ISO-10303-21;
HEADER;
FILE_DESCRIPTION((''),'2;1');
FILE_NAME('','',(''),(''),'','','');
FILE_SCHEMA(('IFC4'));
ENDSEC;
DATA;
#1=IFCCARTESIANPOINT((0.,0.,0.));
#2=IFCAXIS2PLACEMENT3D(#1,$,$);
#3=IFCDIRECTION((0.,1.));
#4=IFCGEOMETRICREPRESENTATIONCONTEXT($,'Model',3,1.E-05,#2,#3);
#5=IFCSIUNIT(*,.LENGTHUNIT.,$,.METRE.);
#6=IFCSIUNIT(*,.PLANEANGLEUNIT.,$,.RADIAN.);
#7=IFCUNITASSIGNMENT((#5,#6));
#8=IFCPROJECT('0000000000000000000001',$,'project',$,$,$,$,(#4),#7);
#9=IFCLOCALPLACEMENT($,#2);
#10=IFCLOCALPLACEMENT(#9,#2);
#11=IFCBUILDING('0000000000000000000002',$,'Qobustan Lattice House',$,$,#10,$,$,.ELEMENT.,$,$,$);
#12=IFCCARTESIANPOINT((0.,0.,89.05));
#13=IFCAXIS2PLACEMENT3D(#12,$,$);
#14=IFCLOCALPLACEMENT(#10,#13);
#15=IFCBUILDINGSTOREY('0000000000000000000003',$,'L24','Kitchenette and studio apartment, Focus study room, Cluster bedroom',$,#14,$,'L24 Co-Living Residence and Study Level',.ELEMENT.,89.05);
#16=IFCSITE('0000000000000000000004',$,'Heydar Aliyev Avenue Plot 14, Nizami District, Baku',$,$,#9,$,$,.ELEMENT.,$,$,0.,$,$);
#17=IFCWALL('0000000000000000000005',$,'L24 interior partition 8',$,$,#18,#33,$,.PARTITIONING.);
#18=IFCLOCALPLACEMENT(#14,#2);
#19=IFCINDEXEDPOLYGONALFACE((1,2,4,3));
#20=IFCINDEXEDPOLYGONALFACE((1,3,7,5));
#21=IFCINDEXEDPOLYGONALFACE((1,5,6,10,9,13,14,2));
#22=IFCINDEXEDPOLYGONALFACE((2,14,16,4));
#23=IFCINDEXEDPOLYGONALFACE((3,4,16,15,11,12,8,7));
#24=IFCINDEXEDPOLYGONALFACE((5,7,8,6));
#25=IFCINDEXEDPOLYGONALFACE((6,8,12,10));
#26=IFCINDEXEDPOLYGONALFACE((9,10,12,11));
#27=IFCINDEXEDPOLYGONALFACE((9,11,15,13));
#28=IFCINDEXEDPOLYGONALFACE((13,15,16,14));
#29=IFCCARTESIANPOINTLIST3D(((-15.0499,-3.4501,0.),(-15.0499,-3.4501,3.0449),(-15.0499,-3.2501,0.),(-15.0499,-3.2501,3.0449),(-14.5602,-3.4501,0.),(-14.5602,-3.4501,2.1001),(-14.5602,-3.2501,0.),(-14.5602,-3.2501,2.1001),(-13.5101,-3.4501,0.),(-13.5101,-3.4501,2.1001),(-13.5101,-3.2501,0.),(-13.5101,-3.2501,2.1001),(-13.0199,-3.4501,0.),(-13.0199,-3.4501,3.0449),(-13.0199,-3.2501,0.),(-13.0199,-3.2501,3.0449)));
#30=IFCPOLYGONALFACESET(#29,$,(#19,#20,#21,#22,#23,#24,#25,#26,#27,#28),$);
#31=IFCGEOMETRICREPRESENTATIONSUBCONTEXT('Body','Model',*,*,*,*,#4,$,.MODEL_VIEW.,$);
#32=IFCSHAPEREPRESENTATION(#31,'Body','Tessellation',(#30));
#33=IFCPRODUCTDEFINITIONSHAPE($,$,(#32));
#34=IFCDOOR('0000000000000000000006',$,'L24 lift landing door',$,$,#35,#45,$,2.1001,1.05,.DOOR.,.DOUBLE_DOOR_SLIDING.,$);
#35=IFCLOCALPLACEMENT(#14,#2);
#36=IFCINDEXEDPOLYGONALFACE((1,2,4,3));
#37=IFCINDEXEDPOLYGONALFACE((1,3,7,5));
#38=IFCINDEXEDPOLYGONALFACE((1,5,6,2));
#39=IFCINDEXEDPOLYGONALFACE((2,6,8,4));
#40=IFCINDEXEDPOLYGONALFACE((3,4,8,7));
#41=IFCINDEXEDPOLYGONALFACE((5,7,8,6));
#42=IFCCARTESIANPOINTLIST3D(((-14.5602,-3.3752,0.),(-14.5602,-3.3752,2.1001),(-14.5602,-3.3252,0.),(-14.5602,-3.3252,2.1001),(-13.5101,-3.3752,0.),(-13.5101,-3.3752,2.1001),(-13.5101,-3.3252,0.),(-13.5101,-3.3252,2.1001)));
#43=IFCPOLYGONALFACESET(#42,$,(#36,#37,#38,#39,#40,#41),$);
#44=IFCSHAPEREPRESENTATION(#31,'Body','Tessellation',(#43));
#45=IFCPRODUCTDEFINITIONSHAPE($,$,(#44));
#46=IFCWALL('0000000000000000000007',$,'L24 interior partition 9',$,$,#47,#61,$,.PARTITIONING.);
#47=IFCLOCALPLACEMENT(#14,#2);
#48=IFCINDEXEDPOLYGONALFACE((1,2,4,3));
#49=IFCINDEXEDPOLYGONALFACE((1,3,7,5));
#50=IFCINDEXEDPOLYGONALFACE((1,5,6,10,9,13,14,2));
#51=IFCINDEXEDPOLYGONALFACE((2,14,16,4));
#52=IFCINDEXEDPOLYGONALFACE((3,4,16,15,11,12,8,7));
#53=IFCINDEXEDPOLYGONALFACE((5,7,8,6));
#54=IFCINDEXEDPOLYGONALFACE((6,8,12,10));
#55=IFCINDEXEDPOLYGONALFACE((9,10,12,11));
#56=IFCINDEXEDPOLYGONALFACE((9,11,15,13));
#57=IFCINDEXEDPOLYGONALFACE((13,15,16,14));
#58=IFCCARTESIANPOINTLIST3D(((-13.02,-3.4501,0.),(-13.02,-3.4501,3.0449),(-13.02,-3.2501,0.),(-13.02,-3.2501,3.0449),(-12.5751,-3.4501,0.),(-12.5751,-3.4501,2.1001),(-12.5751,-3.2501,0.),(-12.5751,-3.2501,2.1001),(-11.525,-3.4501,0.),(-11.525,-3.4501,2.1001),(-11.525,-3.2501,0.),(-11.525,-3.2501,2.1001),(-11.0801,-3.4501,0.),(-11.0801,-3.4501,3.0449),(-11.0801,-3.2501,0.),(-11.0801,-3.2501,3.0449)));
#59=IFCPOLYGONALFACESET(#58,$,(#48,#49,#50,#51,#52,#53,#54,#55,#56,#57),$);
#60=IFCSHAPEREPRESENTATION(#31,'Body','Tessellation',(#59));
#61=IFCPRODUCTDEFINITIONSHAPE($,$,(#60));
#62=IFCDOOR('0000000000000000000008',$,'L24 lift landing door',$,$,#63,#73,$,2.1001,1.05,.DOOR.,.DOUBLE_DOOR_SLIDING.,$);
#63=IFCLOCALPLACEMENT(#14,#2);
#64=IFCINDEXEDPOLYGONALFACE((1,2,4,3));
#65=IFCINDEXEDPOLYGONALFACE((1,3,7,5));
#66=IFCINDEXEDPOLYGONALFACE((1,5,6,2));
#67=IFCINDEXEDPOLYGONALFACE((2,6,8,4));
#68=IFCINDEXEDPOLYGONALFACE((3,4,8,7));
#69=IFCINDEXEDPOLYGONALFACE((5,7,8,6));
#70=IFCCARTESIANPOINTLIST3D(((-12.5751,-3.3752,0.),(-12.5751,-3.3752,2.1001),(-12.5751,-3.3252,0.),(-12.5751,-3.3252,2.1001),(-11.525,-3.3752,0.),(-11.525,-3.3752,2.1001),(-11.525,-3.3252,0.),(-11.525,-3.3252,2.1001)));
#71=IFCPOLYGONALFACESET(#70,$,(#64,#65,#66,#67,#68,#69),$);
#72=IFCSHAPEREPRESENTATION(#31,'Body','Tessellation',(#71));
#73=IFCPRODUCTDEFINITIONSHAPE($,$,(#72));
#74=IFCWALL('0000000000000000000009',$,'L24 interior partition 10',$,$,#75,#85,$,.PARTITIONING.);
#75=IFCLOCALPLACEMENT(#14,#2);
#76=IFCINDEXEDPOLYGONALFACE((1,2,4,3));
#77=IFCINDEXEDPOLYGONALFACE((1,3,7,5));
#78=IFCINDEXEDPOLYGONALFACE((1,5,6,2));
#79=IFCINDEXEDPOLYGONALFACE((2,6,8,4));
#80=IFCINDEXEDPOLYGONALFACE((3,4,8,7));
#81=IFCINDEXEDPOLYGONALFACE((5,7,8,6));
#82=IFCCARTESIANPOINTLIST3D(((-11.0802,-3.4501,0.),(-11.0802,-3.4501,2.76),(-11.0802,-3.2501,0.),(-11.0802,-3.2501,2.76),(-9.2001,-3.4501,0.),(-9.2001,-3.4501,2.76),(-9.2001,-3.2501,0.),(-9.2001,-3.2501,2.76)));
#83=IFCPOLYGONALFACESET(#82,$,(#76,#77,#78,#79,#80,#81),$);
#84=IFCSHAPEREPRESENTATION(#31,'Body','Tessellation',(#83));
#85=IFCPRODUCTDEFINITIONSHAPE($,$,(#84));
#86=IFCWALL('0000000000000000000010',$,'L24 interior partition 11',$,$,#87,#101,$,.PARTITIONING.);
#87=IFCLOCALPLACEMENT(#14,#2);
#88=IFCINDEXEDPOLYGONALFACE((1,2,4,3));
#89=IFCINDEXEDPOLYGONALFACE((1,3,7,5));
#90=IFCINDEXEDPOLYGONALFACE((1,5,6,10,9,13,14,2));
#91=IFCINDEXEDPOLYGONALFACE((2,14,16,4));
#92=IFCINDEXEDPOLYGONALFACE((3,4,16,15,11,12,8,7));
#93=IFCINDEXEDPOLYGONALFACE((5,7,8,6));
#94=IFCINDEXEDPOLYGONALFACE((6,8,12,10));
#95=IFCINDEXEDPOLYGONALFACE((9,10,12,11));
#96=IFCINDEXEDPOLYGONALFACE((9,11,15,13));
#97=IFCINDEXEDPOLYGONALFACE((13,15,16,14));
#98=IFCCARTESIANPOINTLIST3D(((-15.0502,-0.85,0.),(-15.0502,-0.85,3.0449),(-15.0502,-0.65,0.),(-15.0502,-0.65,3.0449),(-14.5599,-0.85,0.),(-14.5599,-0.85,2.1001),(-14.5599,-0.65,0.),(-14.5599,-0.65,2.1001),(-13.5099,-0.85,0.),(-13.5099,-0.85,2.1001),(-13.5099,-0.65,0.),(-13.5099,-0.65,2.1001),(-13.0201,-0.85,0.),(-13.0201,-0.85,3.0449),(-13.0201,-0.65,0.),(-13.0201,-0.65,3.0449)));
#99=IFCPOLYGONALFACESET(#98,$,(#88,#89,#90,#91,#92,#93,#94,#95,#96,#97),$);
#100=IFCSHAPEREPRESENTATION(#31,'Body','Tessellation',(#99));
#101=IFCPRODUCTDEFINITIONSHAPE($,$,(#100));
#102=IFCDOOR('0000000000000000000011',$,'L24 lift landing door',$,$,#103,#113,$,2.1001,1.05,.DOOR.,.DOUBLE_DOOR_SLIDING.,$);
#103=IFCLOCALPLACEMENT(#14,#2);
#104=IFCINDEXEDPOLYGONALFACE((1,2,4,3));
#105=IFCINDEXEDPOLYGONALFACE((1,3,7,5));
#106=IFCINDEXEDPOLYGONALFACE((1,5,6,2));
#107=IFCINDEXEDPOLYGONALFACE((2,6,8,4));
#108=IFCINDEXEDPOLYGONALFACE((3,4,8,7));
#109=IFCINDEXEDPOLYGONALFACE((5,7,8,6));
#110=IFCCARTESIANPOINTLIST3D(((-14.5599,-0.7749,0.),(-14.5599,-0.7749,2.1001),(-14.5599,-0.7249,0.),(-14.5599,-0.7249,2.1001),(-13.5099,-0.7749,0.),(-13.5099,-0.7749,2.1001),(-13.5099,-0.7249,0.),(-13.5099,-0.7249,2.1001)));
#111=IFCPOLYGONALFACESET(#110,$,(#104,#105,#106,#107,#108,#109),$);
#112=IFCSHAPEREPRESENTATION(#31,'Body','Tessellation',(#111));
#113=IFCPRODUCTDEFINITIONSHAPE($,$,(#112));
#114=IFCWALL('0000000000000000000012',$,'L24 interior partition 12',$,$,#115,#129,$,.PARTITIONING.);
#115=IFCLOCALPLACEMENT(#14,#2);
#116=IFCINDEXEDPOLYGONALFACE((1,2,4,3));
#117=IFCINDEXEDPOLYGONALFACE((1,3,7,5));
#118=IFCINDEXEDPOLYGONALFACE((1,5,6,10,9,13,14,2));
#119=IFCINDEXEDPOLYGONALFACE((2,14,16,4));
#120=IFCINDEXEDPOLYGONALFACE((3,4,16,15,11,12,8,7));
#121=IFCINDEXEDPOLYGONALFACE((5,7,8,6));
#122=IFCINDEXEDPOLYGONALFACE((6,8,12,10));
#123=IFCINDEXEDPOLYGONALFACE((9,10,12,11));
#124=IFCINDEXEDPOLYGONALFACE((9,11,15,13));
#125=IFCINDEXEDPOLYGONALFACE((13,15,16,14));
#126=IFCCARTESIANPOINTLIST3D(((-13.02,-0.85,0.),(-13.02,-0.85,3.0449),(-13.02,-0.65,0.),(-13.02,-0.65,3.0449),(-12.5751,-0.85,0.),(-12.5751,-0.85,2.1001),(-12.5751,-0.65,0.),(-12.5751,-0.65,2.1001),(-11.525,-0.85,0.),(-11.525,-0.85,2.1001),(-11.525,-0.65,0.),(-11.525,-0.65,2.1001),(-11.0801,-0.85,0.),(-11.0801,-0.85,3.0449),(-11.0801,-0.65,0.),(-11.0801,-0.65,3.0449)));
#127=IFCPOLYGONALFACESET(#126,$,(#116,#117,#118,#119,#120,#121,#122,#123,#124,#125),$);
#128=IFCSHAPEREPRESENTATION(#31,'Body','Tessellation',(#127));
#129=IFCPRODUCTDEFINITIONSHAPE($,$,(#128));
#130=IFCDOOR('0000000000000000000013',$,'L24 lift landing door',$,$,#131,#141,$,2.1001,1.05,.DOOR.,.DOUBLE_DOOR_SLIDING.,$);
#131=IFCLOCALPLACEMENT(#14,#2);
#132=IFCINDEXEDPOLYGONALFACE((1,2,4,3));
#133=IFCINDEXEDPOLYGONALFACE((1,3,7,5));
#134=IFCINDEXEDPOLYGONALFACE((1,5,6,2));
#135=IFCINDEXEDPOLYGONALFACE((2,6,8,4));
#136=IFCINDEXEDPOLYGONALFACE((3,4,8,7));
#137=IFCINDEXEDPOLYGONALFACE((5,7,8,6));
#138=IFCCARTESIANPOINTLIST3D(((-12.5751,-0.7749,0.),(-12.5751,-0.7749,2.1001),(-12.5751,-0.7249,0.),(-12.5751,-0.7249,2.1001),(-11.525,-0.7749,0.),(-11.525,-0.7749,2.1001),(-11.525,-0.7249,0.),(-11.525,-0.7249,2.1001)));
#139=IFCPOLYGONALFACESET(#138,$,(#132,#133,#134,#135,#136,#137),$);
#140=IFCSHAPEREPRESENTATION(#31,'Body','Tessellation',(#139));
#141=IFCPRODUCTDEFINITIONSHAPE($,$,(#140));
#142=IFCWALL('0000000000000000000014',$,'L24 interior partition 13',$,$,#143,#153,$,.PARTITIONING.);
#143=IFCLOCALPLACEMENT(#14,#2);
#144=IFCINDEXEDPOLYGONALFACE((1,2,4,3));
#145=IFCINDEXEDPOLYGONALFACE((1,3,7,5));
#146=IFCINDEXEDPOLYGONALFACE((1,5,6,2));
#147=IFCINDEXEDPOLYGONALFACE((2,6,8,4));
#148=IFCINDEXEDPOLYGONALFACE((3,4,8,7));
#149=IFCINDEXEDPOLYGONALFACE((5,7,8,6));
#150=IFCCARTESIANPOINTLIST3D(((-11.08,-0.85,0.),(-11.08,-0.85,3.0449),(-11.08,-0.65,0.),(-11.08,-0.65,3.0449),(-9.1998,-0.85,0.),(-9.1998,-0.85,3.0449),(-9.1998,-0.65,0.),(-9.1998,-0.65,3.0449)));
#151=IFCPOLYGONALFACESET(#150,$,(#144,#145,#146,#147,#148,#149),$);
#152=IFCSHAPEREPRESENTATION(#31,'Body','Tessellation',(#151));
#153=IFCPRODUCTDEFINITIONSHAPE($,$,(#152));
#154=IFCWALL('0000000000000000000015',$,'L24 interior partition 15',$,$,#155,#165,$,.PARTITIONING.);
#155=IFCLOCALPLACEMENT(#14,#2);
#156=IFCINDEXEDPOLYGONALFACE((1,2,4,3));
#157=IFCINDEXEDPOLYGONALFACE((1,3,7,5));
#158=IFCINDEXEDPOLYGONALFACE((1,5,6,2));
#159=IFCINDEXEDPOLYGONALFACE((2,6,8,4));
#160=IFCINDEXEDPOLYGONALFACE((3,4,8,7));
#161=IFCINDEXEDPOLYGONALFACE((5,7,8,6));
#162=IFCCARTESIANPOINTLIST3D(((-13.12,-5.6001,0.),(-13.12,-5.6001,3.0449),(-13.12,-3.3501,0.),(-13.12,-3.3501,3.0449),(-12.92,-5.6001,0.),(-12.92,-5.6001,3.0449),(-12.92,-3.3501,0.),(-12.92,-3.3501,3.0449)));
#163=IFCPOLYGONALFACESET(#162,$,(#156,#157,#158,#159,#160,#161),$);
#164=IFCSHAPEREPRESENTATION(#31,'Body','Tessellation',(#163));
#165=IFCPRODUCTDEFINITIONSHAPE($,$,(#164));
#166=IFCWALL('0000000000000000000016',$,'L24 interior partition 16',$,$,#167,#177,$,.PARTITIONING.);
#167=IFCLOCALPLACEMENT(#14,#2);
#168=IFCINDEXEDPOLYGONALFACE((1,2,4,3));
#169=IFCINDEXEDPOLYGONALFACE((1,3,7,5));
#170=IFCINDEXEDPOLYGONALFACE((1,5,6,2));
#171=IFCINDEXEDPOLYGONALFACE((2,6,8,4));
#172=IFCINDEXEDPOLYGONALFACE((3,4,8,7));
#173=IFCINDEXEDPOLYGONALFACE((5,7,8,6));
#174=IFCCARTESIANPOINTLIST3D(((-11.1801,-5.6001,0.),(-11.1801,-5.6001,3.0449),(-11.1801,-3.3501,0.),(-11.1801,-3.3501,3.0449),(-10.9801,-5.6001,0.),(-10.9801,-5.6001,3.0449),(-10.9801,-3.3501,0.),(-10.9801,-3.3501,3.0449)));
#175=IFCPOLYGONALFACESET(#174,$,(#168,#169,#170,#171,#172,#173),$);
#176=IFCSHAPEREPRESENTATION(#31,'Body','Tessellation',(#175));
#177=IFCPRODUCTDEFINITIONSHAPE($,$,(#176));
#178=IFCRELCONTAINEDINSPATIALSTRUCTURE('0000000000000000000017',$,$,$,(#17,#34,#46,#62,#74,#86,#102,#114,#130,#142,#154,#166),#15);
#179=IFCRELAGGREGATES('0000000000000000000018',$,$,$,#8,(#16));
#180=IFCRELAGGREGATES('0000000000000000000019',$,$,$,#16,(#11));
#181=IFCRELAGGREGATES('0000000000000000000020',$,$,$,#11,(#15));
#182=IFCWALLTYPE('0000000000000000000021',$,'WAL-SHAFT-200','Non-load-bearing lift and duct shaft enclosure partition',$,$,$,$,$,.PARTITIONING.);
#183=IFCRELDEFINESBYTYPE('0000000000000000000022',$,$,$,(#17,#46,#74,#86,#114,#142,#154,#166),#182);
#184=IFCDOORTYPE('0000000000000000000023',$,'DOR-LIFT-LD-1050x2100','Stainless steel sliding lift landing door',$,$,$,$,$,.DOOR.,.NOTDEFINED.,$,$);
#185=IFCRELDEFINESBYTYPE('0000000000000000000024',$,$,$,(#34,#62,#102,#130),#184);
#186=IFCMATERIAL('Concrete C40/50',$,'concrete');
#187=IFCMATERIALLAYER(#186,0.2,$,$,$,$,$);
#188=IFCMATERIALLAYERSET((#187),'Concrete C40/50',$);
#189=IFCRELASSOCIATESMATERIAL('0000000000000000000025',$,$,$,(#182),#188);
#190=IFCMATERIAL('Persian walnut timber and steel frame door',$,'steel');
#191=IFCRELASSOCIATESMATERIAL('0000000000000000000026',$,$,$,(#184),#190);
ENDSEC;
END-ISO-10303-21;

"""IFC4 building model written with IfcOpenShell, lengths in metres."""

from ifc_helpers import new_model, si_unit, direction, frame, frame_2d, origin, place, context, subcontext, project, spatial, rectangle, extrude, material, layer, layer_set, type_object, element, fill, save


model = new_model("IFC4")

# Units and contexts
model_context = context("Model", 3, precision=1e-05, world=origin(), true_north=direction((0.0, 1.0)))
body_context = subcontext(model_context, "Body", "Model", "MODEL_VIEW")
ifc_project = project(units=[si_unit("LENGTHUNIT", "METRE"), si_unit("PLANEANGLEUNIT", "RADIAN")], contexts=[model_context])

# Site, building, storey
site_placement = place(None, origin())
site = spatial("IfcSite", under=ifc_project, at=site_placement, Name="Heydar Aliyev Avenue Plot 14, Nizami District, Baku", CompositionType="ELEMENT", RefElevation=0.0)
building_placement = place(site_placement, origin())
building = spatial("IfcBuilding", under=site, at=building_placement, Name="Qobustan Lattice House", CompositionType="ELEMENT")
storey_placement = place(building_placement, frame((0.0, 0.0, 89.05)))
storey = spatial("IfcBuildingStorey", under=building, at=storey_placement, Name="L24", Description="Kitchenette and studio apartment, Focus study room, Cluster bedroom", LongName="L24 Co-Living Residence and Study Level", CompositionType="ELEMENT", Elevation=89.05)

# Walls, openings, doors
ifc_material_1 = material(Name="Concrete C40/50", Category="concrete")
ifc_layer_1 = layer(ifc_material_1, 0.2)
ifc_layer_set_1 = layer_set([ifc_layer_1], Name="Concrete C40/50")
wall_type_1 = type_object("IfcWallType", Name="WAL-SHAFT-200", Description="Non-load-bearing lift and duct shaft enclosure partition", PredefinedType="PARTITIONING", material=ifc_layer_set_1)
wall_1_placement = place(storey_placement, frame((-15.05, -3.3501, 0.0), z_axis=(0.0, 0.0, 1.0), x_axis=(1.0, 0.0, 0.0)))
wall_1 = element("IfcWall", 1, at=wall_1_placement, inside=storey, type_object=wall_type_1, Name="L24 interior partition 8", PredefinedType="PARTITIONING", context=body_context, shape_type="SweptSolid", body=[
    extrude(rectangle(XDim=2.03, YDim=0.2, at=frame_2d((1.0151, 0.0))), origin(), (0.0, 0.0, 1.0), 3.0449),
])
opening_1_placement = place(wall_1_placement, frame((0.49, 0.0, 0.0)))
opening_1 = element("IfcOpeningElement", 2, at=opening_1_placement, cuts=wall_1, PredefinedType="OPENING", context=body_context, shape_type="SweptSolid", body=[
    extrude(rectangle(XDim=1.05, YDim=2.1001, at=frame_2d((0.5249, 1.05))), frame((0.0, 0.1099, 0.0), z_axis=(0.0, -1.0, 0.0), x_axis=(1.0, 0.0, 0.0)), (0.0, 0.0, 1.0), 0.22),
])
ifc_material_2 = material(Name="Persian walnut timber and steel frame door", Category="steel")
door_type_1 = type_object("IfcDoorType", Name="DOR-LIFT-LD-1050x2100", Description="Stainless steel sliding lift landing door", OperationType="NOTDEFINED", PredefinedType="DOOR", material=ifc_material_2)
door_1_placement = place(opening_1_placement, origin())
door_1 = element("IfcDoor", 3, at=door_1_placement, inside=storey, type_object=door_type_1, Name="L24 lift landing door", OperationType="DOUBLE_DOOR_SLIDING", OverallHeight=2.1001, OverallWidth=1.05, PredefinedType="DOOR", context=body_context, shape_type="SweptSolid", body=[
    extrude(rectangle(XDim=1.05, YDim=2.1001, at=frame_2d((0.5249, 1.05))), frame((0.0, 0.0249, 0.0), z_axis=(0.0, -1.0, 0.0), x_axis=(1.0, 0.0, 0.0)), (0.0, 0.0, 1.0), 0.05),
])
fill(opening_1, door_1)
wall_2_placement = place(storey_placement, frame((-13.02, -3.3501, 0.0), z_axis=(0.0, 0.0, 1.0), x_axis=(1.0, 0.0, 0.0)))
wall_2 = element("IfcWall", 4, at=wall_2_placement, inside=storey, type_object=wall_type_1, Name="L24 interior partition 9", PredefinedType="PARTITIONING", context=body_context, shape_type="SweptSolid", body=[
    extrude(rectangle(XDim=1.9399, YDim=0.2, at=frame_2d((0.97, 0.0))), origin(), (0.0, 0.0, 1.0), 3.0449),
])
opening_2_placement = place(wall_2_placement, frame((0.4451, 0.0, 0.0)))
opening_2 = element("IfcOpeningElement", 5, at=opening_2_placement, cuts=wall_2, PredefinedType="OPENING", context=body_context, shape_type="SweptSolid", body=[
    extrude(rectangle(XDim=1.05, YDim=2.1001, at=frame_2d((0.5249, 1.05))), frame((0.0, 0.1099, 0.0), z_axis=(0.0, -1.0, 0.0), x_axis=(1.0, 0.0, 0.0)), (0.0, 0.0, 1.0), 0.22),
])
door_2_placement = place(opening_2_placement, origin())
door_2 = element("IfcDoor", 6, at=door_2_placement, inside=storey, type_object=door_type_1, Name="L24 lift landing door", OperationType="DOUBLE_DOOR_SLIDING", OverallHeight=2.1001, OverallWidth=1.05, PredefinedType="DOOR", context=body_context, shape_type="SweptSolid", body=[
    extrude(rectangle(XDim=1.05, YDim=2.1001, at=frame_2d((0.5249, 1.05))), frame((0.0, 0.0249, 0.0), z_axis=(0.0, -1.0, 0.0), x_axis=(1.0, 0.0, 0.0)), (0.0, 0.0, 1.0), 0.05),
])
fill(opening_2, door_2)

# Wall
wall_3_placement = place(storey_placement, frame((-11.0801, -3.3501, 0.0), z_axis=(0.0, 0.0, 1.0), x_axis=(1.0, 0.0, 0.0)))
element("IfcWall", 7, at=wall_3_placement, inside=storey, type_object=wall_type_1, Name="L24 interior partition 10", PredefinedType="PARTITIONING", context=body_context, shape_type="SweptSolid", body=[
    extrude(rectangle(XDim=1.8801, YDim=0.2, at=frame_2d((0.9399, 0.0))), origin(), (0.0, 0.0, 1.0), 2.76),
])

# Walls, openings, doors
wall_4_placement = place(storey_placement, frame((-13.02, -0.75, 0.0), z_axis=(0.0, 0.0, 1.0), x_axis=(-1.0, 0.0, 0.0)))
wall_4 = element("IfcWall", 8, at=wall_4_placement, inside=storey, type_object=wall_type_1, Name="L24 interior partition 11", PredefinedType="PARTITIONING", context=body_context, shape_type="SweptSolid", body=[
    extrude(rectangle(XDim=2.03, YDim=0.2, at=frame_2d((1.0151, 0.0))), origin(), (0.0, 0.0, 1.0), 3.0449),
])
opening_3_placement = place(wall_4_placement, frame((0.49, 0.0, 0.0)))
opening_3 = element("IfcOpeningElement", 9, at=opening_3_placement, cuts=wall_4, PredefinedType="OPENING", context=body_context, shape_type="SweptSolid", body=[
    extrude(rectangle(XDim=1.05, YDim=2.1001, at=frame_2d((0.5249, 1.05))), frame((0.0, 0.1099, 0.0), z_axis=(0.0, -1.0, 0.0), x_axis=(1.0, 0.0, 0.0)), (0.0, 0.0, 1.0), 0.22),
])
door_3_placement = place(opening_3_placement, origin())
door_3 = element("IfcDoor", 10, at=door_3_placement, inside=storey, type_object=door_type_1, Name="L24 lift landing door", OperationType="DOUBLE_DOOR_SLIDING", OverallHeight=2.1001, OverallWidth=1.05, PredefinedType="DOOR", context=body_context, shape_type="SweptSolid", body=[
    extrude(rectangle(XDim=1.05, YDim=2.1001, at=frame_2d((0.5249, 1.05))), frame((0.0, 0.0249, 0.0), z_axis=(0.0, -1.0, 0.0), x_axis=(1.0, 0.0, 0.0)), (0.0, 0.0, 1.0), 0.05),
])
fill(opening_3, door_3)
wall_5_placement = place(storey_placement, frame((-11.0801, -0.75, 0.0), z_axis=(0.0, 0.0, 1.0), x_axis=(-1.0, 0.0, 0.0)))
wall_5 = element("IfcWall", 11, at=wall_5_placement, inside=storey, type_object=wall_type_1, Name="L24 interior partition 12", PredefinedType="PARTITIONING", context=body_context, shape_type="SweptSolid", body=[
    extrude(rectangle(XDim=1.9399, YDim=0.2, at=frame_2d((0.97, 0.0))), origin(), (0.0, 0.0, 1.0), 3.0449),
])
opening_4_placement = place(wall_5_placement, frame((0.4451, 0.0, 0.0)))
opening_4 = element("IfcOpeningElement", 12, at=opening_4_placement, cuts=wall_5, PredefinedType="OPENING", context=body_context, shape_type="SweptSolid", body=[
    extrude(rectangle(XDim=1.05, YDim=2.1001, at=frame_2d((0.5249, 1.05))), frame((0.0, 0.1099, 0.0), z_axis=(0.0, -1.0, 0.0), x_axis=(1.0, 0.0, 0.0)), (0.0, 0.0, 1.0), 0.22),
])
door_4_placement = place(opening_4_placement, origin())
door_4 = element("IfcDoor", 13, at=door_4_placement, inside=storey, type_object=door_type_1, Name="L24 lift landing door", OperationType="DOUBLE_DOOR_SLIDING", OverallHeight=2.1001, OverallWidth=1.05, PredefinedType="DOOR", context=body_context, shape_type="SweptSolid", body=[
    extrude(rectangle(XDim=1.05, YDim=2.1001, at=frame_2d((0.5249, 1.05))), frame((0.0, 0.0249, 0.0), z_axis=(0.0, -1.0, 0.0), x_axis=(1.0, 0.0, 0.0)), (0.0, 0.0, 1.0), 0.05),
])
fill(opening_4, door_4)

# Walls
wall_6_placement = place(storey_placement, frame((-9.2, -0.75, 0.0), z_axis=(0.0, 0.0, 1.0), x_axis=(-1.0, 0.0, 0.0)))
element("IfcWall", 14, at=wall_6_placement, inside=storey, type_object=wall_type_1, Name="L24 interior partition 13", PredefinedType="PARTITIONING", context=body_context, shape_type="SweptSolid", body=[
    extrude(rectangle(XDim=1.8801, YDim=0.2, at=frame_2d((0.9399, 0.0))), origin(), (0.0, 0.0, 1.0), 3.0449),
])
for number, where, z_axis, x_axis, name in (
    (15, (-13.02, -5.6001, 0.0), (0.0, 0.0, 1.0), (0.0, 1.0, 0.0), "L24 interior partition 15"),
    (16, (-11.0801, -5.6001, 0.0), (0.0, 0.0, 1.0), (0.0, 1.0, 0.0), "L24 interior partition 16"),
):
    element("IfcWall", number, at=place(storey_placement, frame(where, z_axis=z_axis, x_axis=x_axis)), inside=storey, type_object=wall_type_1, Name=name, PredefinedType="PARTITIONING", context=body_context, shape_type="SweptSolid", body=[
        extrude(rectangle(XDim=2.25, YDim=0.2, at=frame_2d((1.125, 0.0))), origin(), (0.0, 0.0, 1.0), 3.0449),
    ])

save(model, "model.ifc")
